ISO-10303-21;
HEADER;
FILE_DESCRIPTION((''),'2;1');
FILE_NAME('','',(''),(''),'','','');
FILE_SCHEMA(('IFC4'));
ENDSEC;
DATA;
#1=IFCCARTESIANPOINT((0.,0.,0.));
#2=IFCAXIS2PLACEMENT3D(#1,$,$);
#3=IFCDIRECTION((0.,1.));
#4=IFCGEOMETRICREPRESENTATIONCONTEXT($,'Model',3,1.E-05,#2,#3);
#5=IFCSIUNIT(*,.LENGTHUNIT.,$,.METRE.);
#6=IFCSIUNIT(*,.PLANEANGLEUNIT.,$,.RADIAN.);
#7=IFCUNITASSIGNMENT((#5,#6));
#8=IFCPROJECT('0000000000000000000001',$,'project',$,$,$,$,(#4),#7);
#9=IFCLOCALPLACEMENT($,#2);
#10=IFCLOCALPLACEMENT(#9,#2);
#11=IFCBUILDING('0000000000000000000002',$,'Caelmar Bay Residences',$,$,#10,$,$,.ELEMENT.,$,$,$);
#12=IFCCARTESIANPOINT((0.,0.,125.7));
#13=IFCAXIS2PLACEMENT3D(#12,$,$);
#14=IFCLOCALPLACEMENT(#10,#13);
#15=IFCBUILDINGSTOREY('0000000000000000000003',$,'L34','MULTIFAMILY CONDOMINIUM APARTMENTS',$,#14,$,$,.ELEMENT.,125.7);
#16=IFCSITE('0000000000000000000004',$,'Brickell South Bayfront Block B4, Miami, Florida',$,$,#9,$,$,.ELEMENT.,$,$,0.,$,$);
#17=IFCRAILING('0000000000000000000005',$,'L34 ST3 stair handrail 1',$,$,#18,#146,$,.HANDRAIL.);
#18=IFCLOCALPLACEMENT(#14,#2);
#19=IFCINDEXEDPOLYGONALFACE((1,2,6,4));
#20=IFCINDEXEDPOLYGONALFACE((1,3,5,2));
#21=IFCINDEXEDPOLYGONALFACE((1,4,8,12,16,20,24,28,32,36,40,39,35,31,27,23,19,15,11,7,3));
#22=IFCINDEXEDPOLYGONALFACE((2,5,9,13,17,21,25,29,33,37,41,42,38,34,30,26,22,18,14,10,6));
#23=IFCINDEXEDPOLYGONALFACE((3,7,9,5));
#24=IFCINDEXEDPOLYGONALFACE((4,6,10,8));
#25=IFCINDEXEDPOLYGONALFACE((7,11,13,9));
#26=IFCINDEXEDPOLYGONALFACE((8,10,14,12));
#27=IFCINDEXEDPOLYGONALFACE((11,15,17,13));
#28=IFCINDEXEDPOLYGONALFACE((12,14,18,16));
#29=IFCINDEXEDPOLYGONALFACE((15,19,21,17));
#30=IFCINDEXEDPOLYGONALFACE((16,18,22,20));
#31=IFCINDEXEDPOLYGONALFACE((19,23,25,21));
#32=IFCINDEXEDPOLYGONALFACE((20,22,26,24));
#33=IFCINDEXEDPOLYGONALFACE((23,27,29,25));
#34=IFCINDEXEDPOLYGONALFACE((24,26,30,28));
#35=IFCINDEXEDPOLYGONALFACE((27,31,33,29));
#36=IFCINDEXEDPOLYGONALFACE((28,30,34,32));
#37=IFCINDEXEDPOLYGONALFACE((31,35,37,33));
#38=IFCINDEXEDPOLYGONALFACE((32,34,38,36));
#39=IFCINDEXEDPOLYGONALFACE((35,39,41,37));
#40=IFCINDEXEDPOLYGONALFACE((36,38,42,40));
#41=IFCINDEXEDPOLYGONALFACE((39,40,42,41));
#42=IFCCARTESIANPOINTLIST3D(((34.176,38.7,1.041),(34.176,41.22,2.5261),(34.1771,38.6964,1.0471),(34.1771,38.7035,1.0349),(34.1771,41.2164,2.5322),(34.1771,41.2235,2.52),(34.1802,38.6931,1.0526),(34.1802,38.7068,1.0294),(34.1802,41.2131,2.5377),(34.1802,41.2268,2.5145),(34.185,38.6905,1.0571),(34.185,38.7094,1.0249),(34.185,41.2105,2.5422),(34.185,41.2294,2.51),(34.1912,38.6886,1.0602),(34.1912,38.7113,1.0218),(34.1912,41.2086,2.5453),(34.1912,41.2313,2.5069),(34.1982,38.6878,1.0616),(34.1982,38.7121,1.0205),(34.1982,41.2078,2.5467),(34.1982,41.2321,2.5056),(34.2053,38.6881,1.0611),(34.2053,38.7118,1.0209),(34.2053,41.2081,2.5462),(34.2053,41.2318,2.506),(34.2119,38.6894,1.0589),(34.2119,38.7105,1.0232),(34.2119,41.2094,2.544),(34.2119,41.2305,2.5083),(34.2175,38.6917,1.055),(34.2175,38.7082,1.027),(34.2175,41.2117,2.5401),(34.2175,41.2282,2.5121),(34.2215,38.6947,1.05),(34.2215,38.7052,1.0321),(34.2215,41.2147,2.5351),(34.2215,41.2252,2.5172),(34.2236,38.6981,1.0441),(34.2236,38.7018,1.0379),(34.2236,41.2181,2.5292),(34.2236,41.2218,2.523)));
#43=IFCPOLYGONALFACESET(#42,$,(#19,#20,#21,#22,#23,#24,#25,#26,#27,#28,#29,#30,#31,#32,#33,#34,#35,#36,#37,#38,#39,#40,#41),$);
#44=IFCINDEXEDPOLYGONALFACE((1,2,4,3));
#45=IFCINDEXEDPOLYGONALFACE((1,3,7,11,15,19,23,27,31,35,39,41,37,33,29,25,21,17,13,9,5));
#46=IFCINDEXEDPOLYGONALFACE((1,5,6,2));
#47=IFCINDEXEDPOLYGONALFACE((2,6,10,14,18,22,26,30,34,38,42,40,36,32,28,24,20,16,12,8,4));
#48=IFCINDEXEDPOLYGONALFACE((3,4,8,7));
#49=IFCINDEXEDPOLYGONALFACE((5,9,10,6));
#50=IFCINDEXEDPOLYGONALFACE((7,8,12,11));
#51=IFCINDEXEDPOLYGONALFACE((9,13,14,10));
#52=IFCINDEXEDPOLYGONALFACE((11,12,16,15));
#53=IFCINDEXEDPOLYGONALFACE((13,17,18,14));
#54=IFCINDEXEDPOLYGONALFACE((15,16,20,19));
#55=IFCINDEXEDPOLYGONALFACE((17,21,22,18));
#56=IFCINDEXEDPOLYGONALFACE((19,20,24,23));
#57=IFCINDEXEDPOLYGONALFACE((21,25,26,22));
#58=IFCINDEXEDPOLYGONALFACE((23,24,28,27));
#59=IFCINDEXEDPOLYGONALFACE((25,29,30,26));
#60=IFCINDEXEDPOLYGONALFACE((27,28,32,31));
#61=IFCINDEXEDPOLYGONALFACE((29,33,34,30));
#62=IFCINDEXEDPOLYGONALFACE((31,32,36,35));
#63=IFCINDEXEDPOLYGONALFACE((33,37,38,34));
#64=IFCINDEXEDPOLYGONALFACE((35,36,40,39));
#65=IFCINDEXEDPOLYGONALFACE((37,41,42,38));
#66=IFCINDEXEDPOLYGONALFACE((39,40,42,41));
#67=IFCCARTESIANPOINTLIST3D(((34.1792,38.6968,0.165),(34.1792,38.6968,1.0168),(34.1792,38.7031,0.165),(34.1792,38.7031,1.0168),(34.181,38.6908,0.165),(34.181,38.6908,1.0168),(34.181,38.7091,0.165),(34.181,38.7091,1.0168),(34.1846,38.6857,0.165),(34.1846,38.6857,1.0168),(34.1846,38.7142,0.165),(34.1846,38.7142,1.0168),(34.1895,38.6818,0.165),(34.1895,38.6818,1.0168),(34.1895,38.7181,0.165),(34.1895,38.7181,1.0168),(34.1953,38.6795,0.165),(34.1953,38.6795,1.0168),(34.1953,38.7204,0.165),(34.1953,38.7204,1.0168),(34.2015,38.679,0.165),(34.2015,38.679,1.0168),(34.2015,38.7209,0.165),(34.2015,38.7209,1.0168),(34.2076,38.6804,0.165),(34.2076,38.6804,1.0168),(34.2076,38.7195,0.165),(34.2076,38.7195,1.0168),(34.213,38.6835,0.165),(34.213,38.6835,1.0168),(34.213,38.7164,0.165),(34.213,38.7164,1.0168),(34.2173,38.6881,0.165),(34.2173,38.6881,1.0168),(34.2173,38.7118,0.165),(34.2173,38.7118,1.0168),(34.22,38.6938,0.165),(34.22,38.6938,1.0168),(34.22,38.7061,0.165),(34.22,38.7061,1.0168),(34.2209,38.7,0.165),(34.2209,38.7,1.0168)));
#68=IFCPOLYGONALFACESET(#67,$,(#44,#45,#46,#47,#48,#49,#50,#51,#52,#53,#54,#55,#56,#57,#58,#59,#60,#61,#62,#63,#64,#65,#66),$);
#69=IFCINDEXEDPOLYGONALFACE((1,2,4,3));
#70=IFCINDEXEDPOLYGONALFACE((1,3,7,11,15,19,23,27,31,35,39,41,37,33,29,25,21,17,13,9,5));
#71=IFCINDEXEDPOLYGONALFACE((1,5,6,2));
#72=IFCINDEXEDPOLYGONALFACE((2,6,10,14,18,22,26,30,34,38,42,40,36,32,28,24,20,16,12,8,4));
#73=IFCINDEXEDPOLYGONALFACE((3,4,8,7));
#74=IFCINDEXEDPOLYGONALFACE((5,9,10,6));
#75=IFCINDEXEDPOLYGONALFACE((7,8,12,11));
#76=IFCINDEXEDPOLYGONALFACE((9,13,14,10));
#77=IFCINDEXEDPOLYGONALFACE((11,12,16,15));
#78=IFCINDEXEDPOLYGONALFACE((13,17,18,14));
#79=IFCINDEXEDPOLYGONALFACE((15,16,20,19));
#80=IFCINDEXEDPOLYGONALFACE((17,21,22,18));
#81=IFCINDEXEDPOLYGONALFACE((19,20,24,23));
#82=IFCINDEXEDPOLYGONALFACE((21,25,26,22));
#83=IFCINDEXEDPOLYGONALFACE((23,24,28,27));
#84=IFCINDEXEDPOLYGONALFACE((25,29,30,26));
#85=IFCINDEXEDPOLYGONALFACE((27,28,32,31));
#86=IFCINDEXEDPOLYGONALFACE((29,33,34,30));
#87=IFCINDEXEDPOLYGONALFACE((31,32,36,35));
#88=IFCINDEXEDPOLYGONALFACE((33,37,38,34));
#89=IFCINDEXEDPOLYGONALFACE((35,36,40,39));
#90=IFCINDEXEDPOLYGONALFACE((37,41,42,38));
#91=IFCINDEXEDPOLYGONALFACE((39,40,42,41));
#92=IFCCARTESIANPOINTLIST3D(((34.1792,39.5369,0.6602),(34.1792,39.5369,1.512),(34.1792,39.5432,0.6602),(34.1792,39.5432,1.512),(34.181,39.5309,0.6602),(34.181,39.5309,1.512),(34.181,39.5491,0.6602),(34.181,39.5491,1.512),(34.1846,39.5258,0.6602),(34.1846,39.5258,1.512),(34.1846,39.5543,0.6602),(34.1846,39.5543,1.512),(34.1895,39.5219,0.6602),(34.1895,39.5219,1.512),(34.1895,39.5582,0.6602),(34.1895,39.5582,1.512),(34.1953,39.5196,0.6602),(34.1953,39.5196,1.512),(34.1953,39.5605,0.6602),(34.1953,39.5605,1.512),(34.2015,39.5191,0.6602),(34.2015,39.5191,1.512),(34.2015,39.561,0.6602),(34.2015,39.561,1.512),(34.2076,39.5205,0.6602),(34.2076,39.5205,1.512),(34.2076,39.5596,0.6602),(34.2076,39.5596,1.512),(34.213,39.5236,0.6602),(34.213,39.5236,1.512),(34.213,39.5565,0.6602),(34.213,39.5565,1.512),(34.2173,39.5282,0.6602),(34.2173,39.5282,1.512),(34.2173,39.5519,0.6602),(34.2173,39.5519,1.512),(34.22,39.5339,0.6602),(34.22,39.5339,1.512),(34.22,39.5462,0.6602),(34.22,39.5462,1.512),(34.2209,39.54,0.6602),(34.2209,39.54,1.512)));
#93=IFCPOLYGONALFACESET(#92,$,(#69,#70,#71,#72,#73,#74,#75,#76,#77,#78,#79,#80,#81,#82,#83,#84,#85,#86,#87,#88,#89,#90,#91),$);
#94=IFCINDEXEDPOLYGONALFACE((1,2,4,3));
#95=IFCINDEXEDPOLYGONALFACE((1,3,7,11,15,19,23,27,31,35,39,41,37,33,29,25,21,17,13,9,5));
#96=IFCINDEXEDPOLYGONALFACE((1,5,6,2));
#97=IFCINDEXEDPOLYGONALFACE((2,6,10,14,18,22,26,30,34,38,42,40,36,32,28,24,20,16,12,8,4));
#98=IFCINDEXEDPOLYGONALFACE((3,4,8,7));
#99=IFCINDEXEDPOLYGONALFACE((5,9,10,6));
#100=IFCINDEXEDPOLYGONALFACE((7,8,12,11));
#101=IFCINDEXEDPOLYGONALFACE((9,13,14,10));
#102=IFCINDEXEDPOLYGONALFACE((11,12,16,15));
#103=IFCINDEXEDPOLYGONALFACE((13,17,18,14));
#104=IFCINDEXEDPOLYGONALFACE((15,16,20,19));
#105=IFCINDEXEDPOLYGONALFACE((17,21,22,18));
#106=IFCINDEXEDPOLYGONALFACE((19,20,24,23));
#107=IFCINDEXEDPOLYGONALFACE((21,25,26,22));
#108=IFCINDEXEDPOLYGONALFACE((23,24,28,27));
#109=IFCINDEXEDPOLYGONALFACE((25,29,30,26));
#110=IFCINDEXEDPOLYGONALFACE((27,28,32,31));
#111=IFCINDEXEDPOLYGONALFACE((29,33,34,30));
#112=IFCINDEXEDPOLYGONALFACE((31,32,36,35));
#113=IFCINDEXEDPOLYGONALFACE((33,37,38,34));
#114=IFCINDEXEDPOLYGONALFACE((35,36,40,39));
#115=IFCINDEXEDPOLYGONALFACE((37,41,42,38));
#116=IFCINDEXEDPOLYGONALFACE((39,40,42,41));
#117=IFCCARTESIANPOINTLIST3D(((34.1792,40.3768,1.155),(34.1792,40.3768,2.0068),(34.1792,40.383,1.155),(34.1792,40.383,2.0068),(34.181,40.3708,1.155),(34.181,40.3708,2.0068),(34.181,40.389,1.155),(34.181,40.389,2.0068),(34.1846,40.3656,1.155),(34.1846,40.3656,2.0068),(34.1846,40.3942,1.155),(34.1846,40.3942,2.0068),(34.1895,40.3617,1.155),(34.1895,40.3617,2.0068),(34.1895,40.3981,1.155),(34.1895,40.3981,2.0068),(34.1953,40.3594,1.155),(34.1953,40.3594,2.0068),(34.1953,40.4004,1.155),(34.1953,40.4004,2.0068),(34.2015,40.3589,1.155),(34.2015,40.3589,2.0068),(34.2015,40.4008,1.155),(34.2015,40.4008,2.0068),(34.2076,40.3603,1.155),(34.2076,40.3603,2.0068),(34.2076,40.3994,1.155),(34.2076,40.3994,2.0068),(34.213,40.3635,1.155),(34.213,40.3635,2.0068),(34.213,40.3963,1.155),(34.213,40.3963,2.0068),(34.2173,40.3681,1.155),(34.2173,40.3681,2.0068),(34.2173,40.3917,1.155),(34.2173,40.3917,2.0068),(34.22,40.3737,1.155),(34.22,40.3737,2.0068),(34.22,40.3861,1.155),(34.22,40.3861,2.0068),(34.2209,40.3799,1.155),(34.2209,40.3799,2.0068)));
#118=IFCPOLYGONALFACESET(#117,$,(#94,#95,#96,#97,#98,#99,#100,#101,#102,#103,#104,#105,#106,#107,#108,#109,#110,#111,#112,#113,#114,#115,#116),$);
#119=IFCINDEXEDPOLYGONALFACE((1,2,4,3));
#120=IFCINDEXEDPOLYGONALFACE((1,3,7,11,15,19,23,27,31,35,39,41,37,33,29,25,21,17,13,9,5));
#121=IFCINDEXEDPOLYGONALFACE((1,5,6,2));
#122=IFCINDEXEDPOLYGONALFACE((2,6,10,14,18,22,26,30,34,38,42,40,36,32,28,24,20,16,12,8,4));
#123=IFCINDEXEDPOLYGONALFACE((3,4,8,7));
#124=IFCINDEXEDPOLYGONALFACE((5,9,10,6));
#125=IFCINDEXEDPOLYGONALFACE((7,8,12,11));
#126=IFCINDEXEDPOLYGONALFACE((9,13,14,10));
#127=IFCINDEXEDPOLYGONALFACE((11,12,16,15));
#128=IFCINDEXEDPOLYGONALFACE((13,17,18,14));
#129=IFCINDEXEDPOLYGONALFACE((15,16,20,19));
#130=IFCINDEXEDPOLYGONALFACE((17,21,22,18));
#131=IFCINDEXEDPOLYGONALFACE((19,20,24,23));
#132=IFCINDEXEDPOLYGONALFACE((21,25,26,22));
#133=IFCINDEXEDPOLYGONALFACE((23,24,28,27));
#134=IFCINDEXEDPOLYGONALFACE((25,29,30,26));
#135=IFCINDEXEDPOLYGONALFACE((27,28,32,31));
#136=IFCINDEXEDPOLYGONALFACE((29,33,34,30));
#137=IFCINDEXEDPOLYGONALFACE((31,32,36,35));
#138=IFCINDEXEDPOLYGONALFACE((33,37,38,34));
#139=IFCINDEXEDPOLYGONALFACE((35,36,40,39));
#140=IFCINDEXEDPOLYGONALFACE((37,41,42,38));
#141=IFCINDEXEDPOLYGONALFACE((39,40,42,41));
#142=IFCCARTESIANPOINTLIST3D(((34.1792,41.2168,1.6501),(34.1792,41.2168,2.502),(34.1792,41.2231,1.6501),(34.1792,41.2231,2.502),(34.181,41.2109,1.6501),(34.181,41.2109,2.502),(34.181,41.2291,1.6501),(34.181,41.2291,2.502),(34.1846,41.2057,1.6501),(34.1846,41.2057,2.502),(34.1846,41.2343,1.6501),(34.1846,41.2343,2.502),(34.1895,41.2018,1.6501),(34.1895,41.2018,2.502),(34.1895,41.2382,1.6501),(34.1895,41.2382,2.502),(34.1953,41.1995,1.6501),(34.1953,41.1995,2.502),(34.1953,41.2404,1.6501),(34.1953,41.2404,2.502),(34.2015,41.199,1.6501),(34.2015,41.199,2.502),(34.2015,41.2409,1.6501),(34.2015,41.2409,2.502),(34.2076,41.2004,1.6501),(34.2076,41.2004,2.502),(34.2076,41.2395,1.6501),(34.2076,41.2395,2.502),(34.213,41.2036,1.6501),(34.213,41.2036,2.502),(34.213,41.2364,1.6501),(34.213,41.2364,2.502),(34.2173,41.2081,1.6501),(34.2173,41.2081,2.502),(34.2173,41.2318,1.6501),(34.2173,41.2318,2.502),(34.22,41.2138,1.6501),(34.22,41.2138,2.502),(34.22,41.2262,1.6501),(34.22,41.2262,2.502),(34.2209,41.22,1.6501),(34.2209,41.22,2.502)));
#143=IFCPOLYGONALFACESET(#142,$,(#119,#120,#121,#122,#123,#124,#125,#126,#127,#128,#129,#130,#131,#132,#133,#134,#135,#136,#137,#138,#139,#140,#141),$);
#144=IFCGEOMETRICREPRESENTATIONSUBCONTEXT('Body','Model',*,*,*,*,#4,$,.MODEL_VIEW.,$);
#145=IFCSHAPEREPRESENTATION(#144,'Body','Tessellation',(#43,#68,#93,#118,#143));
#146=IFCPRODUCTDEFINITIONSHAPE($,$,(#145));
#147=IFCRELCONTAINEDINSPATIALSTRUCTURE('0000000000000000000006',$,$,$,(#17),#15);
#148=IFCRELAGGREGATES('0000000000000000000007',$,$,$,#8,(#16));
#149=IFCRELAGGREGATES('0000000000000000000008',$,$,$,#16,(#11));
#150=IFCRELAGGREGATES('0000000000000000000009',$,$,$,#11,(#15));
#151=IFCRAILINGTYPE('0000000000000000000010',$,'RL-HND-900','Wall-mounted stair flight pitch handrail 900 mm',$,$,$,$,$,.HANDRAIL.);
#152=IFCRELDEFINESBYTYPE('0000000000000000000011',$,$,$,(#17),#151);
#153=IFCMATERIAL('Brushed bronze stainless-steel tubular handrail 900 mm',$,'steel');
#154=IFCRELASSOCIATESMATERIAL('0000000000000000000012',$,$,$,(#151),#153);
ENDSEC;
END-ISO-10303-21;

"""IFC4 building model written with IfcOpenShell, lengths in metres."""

from ifc_helpers import new_model, si_unit, direction, frame, origin, origin_2d, place, context, subcontext, project, spatial, circle, extrude, material, type_object, element, save


model = new_model("IFC4")

# Units and contexts
model_context = context("Model", 3, precision=1e-05, world=origin(), true_north=direction((0.0, 1.0)))
body_context = subcontext(model_context, "Body", "Model", "MODEL_VIEW")
ifc_project = project(units=[si_unit("LENGTHUNIT", "METRE"), si_unit("PLANEANGLEUNIT", "RADIAN")], contexts=[model_context])

# Site, building, storey
site_placement = place(None, origin())
site = spatial("IfcSite", under=ifc_project, at=site_placement, Name="Brickell South Bayfront Block B4, Miami, Florida", CompositionType="ELEMENT", RefElevation=0.0)
building_placement = place(site_placement, origin())
building = spatial("IfcBuilding", under=site, at=building_placement, Name="Caelmar Bay Residences", CompositionType="ELEMENT")
storey_placement = place(building_placement, frame((0.0, 0.0, 125.7)))
storey = spatial("IfcBuildingStorey", under=building, at=storey_placement, Name="L34", Description="MULTIFAMILY CONDOMINIUM APARTMENTS", CompositionType="ELEMENT", Elevation=125.7)

# Railing
ifc_material_1 = material(Name="Brushed bronze stainless-steel tubular handrail 900 mm", Category="steel")
railing_type_1 = type_object("IfcRailingType", Name="RL-HND-900", Description="Wall-mounted stair flight pitch handrail 900 mm", PredefinedType="HANDRAIL", material=ifc_material_1)
railing_1_placement = place(storey_placement, frame((34.2, 38.7, 0.165)))
element("IfcRailing", 1, at=railing_1_placement, inside=storey, type_object=railing_type_1, Name="L34 ST3 stair handrail 1", PredefinedType="HANDRAIL", context=body_context, shape_type="SweptSolid", body=[
    extrude(circle(Radius=0.0239, at=origin_2d()), frame((0.0, 0.0, 0.876), z_axis=(0.0, 0.861524, 0.507717), x_axis=(-1.0, 0.0, 0.0)), (0.0, 0.0, 1.0), 2.925),
    extrude(circle(Radius=0.021, at=origin_2d()), origin(), (0.0, 0.0, 1.0), 0.8518),
    extrude(circle(Radius=0.021, at=origin_2d()), frame((0.0, 0.8401, 0.4951)), (0.0, 0.0, 1.0), 0.8518),
    extrude(circle(Radius=0.021, at=origin_2d()), frame((0.0, 1.6799, 0.99)), (0.0, 0.0, 1.0), 0.8518),
    extrude(circle(Radius=0.021, at=origin_2d()), frame((0.0, 2.52, 1.4851)), (0.0, 0.0, 1.0), 0.8518),
])

save(model, "model.ifc")
